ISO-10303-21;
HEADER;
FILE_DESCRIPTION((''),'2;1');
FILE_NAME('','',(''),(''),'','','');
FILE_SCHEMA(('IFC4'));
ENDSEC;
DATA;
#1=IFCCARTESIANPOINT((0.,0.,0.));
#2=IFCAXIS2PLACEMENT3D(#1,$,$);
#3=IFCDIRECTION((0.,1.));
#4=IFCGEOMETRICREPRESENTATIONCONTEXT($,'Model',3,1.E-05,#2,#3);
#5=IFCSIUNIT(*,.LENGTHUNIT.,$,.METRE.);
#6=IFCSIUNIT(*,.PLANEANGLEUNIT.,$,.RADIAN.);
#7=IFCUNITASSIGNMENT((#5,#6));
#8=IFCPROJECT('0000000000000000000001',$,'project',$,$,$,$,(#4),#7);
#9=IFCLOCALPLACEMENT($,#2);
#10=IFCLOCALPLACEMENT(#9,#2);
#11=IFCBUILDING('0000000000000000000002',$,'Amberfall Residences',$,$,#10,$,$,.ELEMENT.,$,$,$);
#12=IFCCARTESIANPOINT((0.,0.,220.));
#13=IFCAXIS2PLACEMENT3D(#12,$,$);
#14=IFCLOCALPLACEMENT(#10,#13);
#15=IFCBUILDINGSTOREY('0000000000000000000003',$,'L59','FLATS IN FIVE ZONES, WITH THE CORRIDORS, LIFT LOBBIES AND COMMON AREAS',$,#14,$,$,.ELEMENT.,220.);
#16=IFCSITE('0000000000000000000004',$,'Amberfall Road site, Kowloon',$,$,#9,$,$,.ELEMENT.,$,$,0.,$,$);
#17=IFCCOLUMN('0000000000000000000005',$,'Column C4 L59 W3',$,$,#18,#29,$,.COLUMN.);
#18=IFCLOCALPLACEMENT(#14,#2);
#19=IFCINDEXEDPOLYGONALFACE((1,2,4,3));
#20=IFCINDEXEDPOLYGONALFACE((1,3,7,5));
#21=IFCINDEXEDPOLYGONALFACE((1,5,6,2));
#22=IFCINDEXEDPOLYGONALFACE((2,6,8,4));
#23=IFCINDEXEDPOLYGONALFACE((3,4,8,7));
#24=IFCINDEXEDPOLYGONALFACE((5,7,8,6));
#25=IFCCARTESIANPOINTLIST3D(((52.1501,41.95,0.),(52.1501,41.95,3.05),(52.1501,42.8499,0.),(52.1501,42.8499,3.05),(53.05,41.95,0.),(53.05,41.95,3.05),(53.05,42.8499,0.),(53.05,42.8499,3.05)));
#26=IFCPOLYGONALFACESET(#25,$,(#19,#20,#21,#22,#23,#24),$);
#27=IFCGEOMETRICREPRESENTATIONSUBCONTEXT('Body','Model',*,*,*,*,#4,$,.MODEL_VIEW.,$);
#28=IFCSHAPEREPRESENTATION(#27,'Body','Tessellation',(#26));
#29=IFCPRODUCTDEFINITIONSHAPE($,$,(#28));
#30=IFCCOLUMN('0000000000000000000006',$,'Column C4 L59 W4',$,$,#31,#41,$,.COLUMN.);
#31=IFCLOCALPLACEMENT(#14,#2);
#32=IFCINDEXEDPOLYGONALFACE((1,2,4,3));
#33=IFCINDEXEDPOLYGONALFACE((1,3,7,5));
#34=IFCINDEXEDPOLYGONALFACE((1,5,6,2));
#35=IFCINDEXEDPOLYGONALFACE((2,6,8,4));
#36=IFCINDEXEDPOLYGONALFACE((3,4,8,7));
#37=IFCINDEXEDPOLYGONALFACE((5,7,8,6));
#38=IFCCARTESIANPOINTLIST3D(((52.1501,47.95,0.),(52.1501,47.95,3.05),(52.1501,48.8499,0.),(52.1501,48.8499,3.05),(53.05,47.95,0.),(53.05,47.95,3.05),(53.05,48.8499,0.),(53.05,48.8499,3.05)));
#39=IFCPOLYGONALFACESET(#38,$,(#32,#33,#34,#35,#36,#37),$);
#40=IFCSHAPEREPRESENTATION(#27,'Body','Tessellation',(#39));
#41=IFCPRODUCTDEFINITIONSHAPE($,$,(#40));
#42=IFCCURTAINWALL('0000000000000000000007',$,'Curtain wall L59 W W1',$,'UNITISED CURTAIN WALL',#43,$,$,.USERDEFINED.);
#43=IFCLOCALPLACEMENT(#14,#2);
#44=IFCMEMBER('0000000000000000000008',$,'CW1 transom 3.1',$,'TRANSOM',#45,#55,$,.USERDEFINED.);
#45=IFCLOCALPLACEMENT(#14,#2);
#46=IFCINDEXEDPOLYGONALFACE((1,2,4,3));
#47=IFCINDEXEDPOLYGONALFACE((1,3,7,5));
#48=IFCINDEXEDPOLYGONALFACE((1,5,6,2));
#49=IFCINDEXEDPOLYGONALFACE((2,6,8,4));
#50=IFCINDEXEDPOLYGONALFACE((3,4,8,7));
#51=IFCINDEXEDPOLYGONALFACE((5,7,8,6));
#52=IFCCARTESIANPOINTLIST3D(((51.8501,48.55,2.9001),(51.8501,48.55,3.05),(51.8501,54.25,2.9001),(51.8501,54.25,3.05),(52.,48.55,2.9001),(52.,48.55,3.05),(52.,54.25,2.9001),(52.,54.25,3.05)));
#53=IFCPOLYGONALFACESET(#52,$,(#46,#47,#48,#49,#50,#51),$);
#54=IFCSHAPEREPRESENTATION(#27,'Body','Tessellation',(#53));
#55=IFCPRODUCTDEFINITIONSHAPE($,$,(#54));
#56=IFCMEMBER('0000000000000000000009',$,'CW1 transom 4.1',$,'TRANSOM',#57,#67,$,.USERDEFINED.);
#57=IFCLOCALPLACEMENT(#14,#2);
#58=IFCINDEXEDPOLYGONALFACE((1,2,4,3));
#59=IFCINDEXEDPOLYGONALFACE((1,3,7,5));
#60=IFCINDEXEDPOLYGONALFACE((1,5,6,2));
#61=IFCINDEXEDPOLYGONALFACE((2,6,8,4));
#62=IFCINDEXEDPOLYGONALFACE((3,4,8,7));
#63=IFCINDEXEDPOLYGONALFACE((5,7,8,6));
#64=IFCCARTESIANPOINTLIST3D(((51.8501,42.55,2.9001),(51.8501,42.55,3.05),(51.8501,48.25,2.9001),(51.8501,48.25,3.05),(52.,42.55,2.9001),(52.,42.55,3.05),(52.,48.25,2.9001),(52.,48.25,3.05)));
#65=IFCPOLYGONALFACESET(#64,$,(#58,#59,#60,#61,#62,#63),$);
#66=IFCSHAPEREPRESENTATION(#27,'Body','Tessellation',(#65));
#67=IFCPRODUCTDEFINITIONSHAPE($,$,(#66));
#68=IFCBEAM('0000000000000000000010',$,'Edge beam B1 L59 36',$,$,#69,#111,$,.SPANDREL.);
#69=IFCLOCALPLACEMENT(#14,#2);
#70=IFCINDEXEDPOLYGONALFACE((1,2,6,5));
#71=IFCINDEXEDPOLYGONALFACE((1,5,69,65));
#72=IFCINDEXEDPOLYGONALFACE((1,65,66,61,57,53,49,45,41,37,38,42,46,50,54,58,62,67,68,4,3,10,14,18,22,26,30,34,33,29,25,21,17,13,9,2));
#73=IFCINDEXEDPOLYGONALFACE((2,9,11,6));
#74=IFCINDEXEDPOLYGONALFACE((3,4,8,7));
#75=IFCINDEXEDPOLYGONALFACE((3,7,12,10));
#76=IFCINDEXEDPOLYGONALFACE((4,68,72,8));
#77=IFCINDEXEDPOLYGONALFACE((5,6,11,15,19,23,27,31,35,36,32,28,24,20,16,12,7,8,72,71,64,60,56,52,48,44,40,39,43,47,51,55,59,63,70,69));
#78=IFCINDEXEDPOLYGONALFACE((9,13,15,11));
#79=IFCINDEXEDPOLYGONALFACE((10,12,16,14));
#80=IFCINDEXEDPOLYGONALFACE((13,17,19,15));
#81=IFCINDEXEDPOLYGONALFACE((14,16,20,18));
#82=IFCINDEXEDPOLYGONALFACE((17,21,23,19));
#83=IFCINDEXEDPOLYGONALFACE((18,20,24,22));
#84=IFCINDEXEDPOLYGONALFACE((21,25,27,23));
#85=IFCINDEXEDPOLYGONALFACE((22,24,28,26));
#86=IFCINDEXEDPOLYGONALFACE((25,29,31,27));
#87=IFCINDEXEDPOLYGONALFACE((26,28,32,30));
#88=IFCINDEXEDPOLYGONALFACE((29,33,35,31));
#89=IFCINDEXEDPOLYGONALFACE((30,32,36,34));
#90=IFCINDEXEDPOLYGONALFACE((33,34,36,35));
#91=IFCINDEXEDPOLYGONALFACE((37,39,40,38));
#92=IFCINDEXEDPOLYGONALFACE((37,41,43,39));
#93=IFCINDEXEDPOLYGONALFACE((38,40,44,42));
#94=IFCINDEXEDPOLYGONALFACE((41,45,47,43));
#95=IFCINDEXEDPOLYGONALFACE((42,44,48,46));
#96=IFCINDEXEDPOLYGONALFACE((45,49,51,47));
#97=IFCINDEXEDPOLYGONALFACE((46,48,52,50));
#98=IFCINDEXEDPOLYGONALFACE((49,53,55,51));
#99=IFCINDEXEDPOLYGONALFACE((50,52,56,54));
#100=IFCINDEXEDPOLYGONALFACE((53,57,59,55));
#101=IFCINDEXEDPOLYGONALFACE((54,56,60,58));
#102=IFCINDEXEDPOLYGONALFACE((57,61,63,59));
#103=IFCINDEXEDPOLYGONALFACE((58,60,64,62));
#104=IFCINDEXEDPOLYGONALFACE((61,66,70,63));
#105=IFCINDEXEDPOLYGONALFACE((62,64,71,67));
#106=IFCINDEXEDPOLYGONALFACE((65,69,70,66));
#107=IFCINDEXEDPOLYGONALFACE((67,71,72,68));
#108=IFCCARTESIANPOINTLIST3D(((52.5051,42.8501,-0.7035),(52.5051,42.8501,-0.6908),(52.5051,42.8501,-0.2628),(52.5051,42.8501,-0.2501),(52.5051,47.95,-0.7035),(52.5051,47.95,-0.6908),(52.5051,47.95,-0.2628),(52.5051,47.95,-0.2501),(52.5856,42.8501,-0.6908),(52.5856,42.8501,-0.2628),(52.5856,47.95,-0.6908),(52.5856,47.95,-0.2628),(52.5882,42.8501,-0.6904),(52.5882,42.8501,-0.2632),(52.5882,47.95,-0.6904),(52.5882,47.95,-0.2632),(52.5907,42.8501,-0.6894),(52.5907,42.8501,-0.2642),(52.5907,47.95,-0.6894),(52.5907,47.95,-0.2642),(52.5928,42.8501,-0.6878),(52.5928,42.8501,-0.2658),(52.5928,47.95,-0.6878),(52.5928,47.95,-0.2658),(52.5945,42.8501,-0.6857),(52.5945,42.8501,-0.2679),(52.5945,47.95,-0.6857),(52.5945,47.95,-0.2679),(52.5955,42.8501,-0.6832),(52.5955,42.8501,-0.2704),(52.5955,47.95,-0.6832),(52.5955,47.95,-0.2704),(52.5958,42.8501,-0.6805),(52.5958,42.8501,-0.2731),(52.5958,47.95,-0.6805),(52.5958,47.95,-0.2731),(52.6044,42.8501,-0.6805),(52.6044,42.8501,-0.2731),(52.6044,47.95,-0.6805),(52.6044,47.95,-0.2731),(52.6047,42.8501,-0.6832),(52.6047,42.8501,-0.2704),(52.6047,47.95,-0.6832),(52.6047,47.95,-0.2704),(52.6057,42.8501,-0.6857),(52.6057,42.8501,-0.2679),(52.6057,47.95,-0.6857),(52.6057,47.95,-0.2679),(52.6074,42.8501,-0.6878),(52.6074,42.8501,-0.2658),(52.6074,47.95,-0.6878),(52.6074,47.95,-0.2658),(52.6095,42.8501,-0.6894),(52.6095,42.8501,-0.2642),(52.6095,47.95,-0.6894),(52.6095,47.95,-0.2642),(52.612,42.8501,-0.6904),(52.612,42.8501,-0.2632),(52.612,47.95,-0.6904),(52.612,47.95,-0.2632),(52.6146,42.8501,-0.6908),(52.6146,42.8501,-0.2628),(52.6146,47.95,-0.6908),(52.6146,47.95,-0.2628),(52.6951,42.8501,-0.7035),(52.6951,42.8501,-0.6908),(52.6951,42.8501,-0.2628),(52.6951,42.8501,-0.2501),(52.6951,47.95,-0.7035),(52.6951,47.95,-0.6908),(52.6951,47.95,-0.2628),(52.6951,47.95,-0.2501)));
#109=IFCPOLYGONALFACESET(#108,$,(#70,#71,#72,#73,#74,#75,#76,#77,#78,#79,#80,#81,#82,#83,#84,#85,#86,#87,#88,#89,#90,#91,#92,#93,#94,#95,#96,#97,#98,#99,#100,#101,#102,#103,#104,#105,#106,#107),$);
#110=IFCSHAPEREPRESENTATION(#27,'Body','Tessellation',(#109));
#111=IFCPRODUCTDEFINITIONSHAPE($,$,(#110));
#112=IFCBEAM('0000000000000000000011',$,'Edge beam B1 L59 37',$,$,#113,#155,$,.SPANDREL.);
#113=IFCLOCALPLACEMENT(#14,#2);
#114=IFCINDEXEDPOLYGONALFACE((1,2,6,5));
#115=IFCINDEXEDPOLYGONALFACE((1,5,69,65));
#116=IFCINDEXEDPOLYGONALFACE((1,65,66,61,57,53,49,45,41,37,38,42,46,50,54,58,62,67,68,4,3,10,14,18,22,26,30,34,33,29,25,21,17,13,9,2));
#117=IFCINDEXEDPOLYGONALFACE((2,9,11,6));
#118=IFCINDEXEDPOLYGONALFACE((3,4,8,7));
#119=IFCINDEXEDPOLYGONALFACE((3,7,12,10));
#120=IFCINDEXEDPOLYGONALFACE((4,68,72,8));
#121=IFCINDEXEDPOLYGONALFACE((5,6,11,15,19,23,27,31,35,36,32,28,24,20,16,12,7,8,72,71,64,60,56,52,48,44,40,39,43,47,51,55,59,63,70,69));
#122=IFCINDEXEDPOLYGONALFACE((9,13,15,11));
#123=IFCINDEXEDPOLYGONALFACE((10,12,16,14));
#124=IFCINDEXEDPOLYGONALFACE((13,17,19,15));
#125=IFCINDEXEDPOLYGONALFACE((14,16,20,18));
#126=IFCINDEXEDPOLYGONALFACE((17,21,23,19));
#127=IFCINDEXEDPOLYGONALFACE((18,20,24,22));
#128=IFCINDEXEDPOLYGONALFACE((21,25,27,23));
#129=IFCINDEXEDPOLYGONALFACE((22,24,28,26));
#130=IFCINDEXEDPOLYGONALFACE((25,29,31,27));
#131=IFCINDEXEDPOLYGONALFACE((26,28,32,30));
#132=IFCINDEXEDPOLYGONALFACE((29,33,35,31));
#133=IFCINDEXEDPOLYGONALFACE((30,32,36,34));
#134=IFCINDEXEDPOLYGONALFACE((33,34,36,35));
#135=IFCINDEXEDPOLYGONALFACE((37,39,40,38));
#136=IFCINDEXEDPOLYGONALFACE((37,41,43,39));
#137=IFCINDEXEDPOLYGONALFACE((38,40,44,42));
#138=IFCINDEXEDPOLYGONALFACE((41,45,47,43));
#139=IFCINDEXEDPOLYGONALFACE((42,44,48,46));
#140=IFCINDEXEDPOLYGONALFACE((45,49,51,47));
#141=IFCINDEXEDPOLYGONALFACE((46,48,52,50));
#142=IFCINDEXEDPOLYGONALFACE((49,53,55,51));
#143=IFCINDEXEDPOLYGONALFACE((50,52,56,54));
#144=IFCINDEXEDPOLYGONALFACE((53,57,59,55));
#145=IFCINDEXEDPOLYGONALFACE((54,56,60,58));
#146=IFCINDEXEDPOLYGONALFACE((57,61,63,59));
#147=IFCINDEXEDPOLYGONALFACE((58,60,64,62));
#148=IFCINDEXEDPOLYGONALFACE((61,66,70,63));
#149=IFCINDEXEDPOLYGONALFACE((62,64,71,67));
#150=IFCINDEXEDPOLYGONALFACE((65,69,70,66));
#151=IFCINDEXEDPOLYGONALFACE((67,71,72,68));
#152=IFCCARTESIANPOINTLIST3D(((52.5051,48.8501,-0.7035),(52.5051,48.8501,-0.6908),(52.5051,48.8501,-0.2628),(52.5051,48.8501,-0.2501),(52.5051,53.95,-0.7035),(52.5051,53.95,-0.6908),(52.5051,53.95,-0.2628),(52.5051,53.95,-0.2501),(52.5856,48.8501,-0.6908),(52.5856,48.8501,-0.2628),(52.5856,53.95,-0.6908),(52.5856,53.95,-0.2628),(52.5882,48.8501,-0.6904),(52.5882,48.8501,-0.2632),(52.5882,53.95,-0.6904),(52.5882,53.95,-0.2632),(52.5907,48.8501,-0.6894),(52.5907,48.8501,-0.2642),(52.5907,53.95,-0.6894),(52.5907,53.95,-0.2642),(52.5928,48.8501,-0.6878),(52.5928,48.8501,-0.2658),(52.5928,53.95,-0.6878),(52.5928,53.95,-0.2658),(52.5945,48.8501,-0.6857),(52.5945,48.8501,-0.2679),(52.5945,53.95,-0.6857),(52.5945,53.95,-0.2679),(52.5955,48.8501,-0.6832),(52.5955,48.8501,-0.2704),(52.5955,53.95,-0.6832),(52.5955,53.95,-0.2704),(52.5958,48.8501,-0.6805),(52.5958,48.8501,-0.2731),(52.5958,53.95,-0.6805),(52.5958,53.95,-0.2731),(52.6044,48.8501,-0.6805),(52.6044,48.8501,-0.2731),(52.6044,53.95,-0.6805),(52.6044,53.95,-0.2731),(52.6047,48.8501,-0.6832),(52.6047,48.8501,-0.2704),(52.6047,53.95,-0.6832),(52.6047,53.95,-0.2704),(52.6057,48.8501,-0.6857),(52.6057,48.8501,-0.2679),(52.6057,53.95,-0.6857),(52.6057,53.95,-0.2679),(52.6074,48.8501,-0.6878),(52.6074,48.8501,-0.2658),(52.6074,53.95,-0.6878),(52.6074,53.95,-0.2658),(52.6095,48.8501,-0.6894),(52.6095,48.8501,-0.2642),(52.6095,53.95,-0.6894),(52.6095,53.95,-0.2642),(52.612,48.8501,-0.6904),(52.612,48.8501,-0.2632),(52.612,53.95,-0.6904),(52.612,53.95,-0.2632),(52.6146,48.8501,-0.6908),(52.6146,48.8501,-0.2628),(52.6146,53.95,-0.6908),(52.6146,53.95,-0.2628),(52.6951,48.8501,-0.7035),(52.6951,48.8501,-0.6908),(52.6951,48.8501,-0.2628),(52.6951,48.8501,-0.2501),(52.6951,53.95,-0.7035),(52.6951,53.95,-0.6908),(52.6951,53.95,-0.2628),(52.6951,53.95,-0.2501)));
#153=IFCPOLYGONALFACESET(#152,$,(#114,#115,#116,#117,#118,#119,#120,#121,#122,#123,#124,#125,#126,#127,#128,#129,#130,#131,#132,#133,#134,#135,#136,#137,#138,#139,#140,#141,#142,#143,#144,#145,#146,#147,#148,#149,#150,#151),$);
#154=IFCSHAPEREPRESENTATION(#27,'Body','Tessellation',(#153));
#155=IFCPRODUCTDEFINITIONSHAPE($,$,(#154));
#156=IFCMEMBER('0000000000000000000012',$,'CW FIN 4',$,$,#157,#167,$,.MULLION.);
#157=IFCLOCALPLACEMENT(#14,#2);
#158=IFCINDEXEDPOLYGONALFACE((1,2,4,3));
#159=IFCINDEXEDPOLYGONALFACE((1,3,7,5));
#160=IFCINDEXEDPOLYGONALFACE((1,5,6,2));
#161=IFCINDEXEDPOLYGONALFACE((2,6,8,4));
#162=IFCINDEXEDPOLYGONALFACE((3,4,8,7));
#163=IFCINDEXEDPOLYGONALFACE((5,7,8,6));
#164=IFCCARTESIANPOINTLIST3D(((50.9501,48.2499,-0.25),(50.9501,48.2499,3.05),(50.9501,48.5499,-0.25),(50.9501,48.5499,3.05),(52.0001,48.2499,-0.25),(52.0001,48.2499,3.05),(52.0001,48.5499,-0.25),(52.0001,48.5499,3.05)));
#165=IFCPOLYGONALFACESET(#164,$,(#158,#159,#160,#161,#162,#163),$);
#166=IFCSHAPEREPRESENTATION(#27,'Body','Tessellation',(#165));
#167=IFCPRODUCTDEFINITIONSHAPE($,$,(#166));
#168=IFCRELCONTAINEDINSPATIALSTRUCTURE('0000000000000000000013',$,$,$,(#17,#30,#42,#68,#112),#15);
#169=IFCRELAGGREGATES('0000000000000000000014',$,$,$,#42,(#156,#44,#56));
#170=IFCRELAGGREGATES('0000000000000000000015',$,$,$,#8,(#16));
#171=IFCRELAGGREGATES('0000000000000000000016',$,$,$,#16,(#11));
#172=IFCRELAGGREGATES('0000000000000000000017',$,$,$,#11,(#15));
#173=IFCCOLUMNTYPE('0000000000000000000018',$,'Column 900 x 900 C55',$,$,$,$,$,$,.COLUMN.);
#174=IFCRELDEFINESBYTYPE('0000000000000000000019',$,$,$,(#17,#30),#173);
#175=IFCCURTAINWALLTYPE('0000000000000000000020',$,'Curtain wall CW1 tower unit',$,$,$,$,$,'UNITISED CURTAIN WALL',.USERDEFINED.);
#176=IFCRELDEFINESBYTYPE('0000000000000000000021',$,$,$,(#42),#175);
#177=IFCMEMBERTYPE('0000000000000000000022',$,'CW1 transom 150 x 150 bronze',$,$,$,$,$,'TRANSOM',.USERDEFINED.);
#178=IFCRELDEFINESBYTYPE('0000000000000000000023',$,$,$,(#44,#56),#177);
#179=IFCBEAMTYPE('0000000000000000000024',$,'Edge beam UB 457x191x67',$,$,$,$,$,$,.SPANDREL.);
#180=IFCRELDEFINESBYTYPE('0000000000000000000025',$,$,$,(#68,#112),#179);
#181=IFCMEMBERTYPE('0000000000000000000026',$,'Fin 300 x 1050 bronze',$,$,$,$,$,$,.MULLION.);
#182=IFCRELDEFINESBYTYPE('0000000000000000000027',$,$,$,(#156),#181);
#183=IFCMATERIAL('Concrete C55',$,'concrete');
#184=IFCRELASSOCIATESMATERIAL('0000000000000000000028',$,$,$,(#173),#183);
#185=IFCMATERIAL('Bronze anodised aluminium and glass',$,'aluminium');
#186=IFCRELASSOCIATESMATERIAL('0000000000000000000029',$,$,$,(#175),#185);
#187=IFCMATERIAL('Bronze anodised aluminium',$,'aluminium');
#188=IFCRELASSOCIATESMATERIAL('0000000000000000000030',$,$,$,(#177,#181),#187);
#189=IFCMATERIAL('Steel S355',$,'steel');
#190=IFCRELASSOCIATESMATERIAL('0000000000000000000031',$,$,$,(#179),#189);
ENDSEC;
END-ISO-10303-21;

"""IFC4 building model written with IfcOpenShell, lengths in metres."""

from ifc_helpers import new_model, si_unit, direction, frame, origin, origin_2d, place, context, subcontext, project, spatial, rectangle, i_section, extrude, material, material_profile, profile_set, type_object, element, aggregate, save


model = new_model("IFC4")

# Units and contexts
model_context = context("Model", 3, precision=1e-05, world=origin(), true_north=direction((0.0, 1.0)))
body_context = subcontext(model_context, "Body", "Model", "MODEL_VIEW")
ifc_project = project(units=[si_unit("LENGTHUNIT", "METRE"), si_unit("PLANEANGLEUNIT", "RADIAN")], contexts=[model_context])

# Site, building, storey
site_placement = place(None, origin())
site = spatial("IfcSite", under=ifc_project, at=site_placement, Name="Amberfall Road site, Kowloon", CompositionType="ELEMENT", RefElevation=0.0)
building_placement = place(site_placement, origin())
building = spatial("IfcBuilding", under=site, at=building_placement, Name="Amberfall Residences", CompositionType="ELEMENT")
storey_placement = place(building_placement, frame((0.0, 0.0, 220.0)))
storey = spatial("IfcBuildingStorey", under=building, at=storey_placement, Name="L59", Description="FLATS IN FIVE ZONES, WITH THE CORRIDORS, LIFT LOBBIES AND COMMON AREAS", CompositionType="ELEMENT", Elevation=220.0)

# Columns
ifc_material_1 = material(Name="Concrete C55", Category="concrete")
ifc_material_profile_1 = material_profile(ifc_material_1, rectangle(XDim=0.8999, YDim=0.8999, at=origin_2d()), Name="Column 900 x 900 C55")
ifc_profile_set_1 = profile_set([ifc_material_profile_1], Name="Concrete C55")
column_type = type_object("IfcColumnType", Name="Column 900 x 900 C55", PredefinedType="COLUMN", material=ifc_profile_set_1)
for number, where, z_axis, x_axis, name in (
    (1, (52.6001, 42.3999, 0.0), (0.0, 0.0, 1.0), (1.0, 0.0, 0.0), "Column C4 L59 W3"),
    (2, (52.6001, 48.3999, 0.0), (0.0, 0.0, 1.0), (1.0, 0.0, 0.0), "Column C4 L59 W4"),
):
    element("IfcColumn", number, at=place(storey_placement, frame(where, z_axis=z_axis, x_axis=x_axis)), inside=storey, type_object=column_type, Name=name, PredefinedType="COLUMN", context=body_context, shape_type="SweptSolid", body=[
        extrude(rectangle(XDim=0.8999, YDim=0.8999, at=origin_2d()), origin(), (0.0, 0.0, 1.0), 3.05),
    ])

# Curtain wall, members
ifc_material_2 = material(Name="Bronze anodised aluminium and glass", Category="aluminium")
curtain_wall_type = type_object("IfcCurtainWallType", Name="Curtain wall CW1 tower unit", ElementType="UNITISED CURTAIN WALL", PredefinedType="USERDEFINED", material=ifc_material_2)
curtain_wall_placement = place(storey_placement, origin())
curtain_wall = element("IfcCurtainWall", 3, at=curtain_wall_placement, inside=storey, type_object=curtain_wall_type, Name="Curtain wall L59 W W1", ObjectType="UNITISED CURTAIN WALL", PredefinedType="USERDEFINED")
ifc_material_3 = material(Name="Bronze anodised aluminium", Category="aluminium")
ifc_material_profile_2 = material_profile(ifc_material_3, rectangle(XDim=0.1499, YDim=0.1499, at=origin_2d()), Name="CW1 transom 150 x 150 bronze")
ifc_profile_set_2 = profile_set([ifc_material_profile_2], Name="Bronze anodised aluminium")
member_type_1 = type_object("IfcMemberType", Name="CW1 transom 150 x 150 bronze", ElementType="TRANSOM", PredefinedType="USERDEFINED", material=ifc_profile_set_2)
member_1_placement = place(storey_placement, frame((51.925, 54.25, 2.9751), z_axis=(0.0, -1.0, 0.0), x_axis=(1.0, 0.0, 0.0)))
member_1 = element("IfcMember", 4, at=member_1_placement, type_object=member_type_1, Name="CW1 transom 3.1", ObjectType="TRANSOM", PredefinedType="USERDEFINED", context=body_context, shape_type="SweptSolid", body=[
    extrude(rectangle(XDim=0.1499, YDim=0.1499, at=origin_2d()), origin(), (0.0, 0.0, 1.0), 5.7),
])
member_2_placement = place(storey_placement, frame((51.925, 48.25, 2.9751), z_axis=(0.0, -1.0, 0.0), x_axis=(1.0, 0.0, 0.0)))
member_2 = element("IfcMember", 5, at=member_2_placement, type_object=member_type_1, Name="CW1 transom 4.1", ObjectType="TRANSOM", PredefinedType="USERDEFINED", context=body_context, shape_type="SweptSolid", body=[
    extrude(rectangle(XDim=0.1499, YDim=0.1499, at=origin_2d()), origin(), (0.0, 0.0, 1.0), 5.7),
])

# Beams
ifc_material_4 = material(Name="Steel S355", Category="steel")
ifc_material_profile_3 = material_profile(ifc_material_4, i_section(OverallWidth=0.1899, OverallDepth=0.4534, WebThickness=0.0085, FlangeThickness=0.0127, FilletRadius=0.0103, at=origin_2d()), Name="UB 457x191x67")
ifc_profile_set_3 = profile_set([ifc_material_profile_3], Name="Steel S355")
beam_type_1 = type_object("IfcBeamType", Name="Edge beam UB 457x191x67", PredefinedType="SPANDREL", material=ifc_profile_set_3)
for number, where, z_axis, x_axis, name in (
    (6, (52.6001, 42.8501, -0.4768), (0.0, 1.0, 0.0), (-1.0, 0.0, 0.0), "Edge beam B1 L59 36"),
    (7, (52.6001, 48.8501, -0.4768), (0.0, 1.0, 0.0), (-1.0, 0.0, 0.0), "Edge beam B1 L59 37"),
):
    element("IfcBeam", number, at=place(storey_placement, frame(where, z_axis=z_axis, x_axis=x_axis)), inside=storey, type_object=beam_type_1, Name=name, PredefinedType="SPANDREL", context=body_context, shape_type="SweptSolid", body=[
        extrude(i_section(OverallWidth=0.1899, OverallDepth=0.4534, WebThickness=0.0085, FlangeThickness=0.0127, FilletRadius=0.0103, at=origin_2d()), origin(), (0.0, 0.0, 1.0), 5.0999),
    ])

# Member
ifc_material_profile_4 = material_profile(ifc_material_3, rectangle(XDim=1.05, YDim=0.3, at=origin_2d()), Name="Fin 300 x 1050 bronze")
ifc_profile_set_4 = profile_set([ifc_material_profile_4], Name="Bronze anodised aluminium")
member_type_2 = type_object("IfcMemberType", Name="Fin 300 x 1050 bronze", PredefinedType="MULLION", material=ifc_profile_set_4)
member_3_placement = place(storey_placement, frame((51.4751, 48.3999, -0.25), z_axis=(0.0, 0.0, 1.0), x_axis=(1.0, 0.0, 0.0)))
member_3 = element("IfcMember", 8, at=member_3_placement, type_object=member_type_2, Name="CW FIN 4", PredefinedType="MULLION", context=body_context, shape_type="SweptSolid", body=[
    extrude(rectangle(XDim=1.05, YDim=0.3, at=origin_2d()), origin(), (0.0, 0.0, 1.0), 3.3),
])

aggregate(curtain_wall, [member_3, member_1, member_2])

save(model, "model.ifc")
